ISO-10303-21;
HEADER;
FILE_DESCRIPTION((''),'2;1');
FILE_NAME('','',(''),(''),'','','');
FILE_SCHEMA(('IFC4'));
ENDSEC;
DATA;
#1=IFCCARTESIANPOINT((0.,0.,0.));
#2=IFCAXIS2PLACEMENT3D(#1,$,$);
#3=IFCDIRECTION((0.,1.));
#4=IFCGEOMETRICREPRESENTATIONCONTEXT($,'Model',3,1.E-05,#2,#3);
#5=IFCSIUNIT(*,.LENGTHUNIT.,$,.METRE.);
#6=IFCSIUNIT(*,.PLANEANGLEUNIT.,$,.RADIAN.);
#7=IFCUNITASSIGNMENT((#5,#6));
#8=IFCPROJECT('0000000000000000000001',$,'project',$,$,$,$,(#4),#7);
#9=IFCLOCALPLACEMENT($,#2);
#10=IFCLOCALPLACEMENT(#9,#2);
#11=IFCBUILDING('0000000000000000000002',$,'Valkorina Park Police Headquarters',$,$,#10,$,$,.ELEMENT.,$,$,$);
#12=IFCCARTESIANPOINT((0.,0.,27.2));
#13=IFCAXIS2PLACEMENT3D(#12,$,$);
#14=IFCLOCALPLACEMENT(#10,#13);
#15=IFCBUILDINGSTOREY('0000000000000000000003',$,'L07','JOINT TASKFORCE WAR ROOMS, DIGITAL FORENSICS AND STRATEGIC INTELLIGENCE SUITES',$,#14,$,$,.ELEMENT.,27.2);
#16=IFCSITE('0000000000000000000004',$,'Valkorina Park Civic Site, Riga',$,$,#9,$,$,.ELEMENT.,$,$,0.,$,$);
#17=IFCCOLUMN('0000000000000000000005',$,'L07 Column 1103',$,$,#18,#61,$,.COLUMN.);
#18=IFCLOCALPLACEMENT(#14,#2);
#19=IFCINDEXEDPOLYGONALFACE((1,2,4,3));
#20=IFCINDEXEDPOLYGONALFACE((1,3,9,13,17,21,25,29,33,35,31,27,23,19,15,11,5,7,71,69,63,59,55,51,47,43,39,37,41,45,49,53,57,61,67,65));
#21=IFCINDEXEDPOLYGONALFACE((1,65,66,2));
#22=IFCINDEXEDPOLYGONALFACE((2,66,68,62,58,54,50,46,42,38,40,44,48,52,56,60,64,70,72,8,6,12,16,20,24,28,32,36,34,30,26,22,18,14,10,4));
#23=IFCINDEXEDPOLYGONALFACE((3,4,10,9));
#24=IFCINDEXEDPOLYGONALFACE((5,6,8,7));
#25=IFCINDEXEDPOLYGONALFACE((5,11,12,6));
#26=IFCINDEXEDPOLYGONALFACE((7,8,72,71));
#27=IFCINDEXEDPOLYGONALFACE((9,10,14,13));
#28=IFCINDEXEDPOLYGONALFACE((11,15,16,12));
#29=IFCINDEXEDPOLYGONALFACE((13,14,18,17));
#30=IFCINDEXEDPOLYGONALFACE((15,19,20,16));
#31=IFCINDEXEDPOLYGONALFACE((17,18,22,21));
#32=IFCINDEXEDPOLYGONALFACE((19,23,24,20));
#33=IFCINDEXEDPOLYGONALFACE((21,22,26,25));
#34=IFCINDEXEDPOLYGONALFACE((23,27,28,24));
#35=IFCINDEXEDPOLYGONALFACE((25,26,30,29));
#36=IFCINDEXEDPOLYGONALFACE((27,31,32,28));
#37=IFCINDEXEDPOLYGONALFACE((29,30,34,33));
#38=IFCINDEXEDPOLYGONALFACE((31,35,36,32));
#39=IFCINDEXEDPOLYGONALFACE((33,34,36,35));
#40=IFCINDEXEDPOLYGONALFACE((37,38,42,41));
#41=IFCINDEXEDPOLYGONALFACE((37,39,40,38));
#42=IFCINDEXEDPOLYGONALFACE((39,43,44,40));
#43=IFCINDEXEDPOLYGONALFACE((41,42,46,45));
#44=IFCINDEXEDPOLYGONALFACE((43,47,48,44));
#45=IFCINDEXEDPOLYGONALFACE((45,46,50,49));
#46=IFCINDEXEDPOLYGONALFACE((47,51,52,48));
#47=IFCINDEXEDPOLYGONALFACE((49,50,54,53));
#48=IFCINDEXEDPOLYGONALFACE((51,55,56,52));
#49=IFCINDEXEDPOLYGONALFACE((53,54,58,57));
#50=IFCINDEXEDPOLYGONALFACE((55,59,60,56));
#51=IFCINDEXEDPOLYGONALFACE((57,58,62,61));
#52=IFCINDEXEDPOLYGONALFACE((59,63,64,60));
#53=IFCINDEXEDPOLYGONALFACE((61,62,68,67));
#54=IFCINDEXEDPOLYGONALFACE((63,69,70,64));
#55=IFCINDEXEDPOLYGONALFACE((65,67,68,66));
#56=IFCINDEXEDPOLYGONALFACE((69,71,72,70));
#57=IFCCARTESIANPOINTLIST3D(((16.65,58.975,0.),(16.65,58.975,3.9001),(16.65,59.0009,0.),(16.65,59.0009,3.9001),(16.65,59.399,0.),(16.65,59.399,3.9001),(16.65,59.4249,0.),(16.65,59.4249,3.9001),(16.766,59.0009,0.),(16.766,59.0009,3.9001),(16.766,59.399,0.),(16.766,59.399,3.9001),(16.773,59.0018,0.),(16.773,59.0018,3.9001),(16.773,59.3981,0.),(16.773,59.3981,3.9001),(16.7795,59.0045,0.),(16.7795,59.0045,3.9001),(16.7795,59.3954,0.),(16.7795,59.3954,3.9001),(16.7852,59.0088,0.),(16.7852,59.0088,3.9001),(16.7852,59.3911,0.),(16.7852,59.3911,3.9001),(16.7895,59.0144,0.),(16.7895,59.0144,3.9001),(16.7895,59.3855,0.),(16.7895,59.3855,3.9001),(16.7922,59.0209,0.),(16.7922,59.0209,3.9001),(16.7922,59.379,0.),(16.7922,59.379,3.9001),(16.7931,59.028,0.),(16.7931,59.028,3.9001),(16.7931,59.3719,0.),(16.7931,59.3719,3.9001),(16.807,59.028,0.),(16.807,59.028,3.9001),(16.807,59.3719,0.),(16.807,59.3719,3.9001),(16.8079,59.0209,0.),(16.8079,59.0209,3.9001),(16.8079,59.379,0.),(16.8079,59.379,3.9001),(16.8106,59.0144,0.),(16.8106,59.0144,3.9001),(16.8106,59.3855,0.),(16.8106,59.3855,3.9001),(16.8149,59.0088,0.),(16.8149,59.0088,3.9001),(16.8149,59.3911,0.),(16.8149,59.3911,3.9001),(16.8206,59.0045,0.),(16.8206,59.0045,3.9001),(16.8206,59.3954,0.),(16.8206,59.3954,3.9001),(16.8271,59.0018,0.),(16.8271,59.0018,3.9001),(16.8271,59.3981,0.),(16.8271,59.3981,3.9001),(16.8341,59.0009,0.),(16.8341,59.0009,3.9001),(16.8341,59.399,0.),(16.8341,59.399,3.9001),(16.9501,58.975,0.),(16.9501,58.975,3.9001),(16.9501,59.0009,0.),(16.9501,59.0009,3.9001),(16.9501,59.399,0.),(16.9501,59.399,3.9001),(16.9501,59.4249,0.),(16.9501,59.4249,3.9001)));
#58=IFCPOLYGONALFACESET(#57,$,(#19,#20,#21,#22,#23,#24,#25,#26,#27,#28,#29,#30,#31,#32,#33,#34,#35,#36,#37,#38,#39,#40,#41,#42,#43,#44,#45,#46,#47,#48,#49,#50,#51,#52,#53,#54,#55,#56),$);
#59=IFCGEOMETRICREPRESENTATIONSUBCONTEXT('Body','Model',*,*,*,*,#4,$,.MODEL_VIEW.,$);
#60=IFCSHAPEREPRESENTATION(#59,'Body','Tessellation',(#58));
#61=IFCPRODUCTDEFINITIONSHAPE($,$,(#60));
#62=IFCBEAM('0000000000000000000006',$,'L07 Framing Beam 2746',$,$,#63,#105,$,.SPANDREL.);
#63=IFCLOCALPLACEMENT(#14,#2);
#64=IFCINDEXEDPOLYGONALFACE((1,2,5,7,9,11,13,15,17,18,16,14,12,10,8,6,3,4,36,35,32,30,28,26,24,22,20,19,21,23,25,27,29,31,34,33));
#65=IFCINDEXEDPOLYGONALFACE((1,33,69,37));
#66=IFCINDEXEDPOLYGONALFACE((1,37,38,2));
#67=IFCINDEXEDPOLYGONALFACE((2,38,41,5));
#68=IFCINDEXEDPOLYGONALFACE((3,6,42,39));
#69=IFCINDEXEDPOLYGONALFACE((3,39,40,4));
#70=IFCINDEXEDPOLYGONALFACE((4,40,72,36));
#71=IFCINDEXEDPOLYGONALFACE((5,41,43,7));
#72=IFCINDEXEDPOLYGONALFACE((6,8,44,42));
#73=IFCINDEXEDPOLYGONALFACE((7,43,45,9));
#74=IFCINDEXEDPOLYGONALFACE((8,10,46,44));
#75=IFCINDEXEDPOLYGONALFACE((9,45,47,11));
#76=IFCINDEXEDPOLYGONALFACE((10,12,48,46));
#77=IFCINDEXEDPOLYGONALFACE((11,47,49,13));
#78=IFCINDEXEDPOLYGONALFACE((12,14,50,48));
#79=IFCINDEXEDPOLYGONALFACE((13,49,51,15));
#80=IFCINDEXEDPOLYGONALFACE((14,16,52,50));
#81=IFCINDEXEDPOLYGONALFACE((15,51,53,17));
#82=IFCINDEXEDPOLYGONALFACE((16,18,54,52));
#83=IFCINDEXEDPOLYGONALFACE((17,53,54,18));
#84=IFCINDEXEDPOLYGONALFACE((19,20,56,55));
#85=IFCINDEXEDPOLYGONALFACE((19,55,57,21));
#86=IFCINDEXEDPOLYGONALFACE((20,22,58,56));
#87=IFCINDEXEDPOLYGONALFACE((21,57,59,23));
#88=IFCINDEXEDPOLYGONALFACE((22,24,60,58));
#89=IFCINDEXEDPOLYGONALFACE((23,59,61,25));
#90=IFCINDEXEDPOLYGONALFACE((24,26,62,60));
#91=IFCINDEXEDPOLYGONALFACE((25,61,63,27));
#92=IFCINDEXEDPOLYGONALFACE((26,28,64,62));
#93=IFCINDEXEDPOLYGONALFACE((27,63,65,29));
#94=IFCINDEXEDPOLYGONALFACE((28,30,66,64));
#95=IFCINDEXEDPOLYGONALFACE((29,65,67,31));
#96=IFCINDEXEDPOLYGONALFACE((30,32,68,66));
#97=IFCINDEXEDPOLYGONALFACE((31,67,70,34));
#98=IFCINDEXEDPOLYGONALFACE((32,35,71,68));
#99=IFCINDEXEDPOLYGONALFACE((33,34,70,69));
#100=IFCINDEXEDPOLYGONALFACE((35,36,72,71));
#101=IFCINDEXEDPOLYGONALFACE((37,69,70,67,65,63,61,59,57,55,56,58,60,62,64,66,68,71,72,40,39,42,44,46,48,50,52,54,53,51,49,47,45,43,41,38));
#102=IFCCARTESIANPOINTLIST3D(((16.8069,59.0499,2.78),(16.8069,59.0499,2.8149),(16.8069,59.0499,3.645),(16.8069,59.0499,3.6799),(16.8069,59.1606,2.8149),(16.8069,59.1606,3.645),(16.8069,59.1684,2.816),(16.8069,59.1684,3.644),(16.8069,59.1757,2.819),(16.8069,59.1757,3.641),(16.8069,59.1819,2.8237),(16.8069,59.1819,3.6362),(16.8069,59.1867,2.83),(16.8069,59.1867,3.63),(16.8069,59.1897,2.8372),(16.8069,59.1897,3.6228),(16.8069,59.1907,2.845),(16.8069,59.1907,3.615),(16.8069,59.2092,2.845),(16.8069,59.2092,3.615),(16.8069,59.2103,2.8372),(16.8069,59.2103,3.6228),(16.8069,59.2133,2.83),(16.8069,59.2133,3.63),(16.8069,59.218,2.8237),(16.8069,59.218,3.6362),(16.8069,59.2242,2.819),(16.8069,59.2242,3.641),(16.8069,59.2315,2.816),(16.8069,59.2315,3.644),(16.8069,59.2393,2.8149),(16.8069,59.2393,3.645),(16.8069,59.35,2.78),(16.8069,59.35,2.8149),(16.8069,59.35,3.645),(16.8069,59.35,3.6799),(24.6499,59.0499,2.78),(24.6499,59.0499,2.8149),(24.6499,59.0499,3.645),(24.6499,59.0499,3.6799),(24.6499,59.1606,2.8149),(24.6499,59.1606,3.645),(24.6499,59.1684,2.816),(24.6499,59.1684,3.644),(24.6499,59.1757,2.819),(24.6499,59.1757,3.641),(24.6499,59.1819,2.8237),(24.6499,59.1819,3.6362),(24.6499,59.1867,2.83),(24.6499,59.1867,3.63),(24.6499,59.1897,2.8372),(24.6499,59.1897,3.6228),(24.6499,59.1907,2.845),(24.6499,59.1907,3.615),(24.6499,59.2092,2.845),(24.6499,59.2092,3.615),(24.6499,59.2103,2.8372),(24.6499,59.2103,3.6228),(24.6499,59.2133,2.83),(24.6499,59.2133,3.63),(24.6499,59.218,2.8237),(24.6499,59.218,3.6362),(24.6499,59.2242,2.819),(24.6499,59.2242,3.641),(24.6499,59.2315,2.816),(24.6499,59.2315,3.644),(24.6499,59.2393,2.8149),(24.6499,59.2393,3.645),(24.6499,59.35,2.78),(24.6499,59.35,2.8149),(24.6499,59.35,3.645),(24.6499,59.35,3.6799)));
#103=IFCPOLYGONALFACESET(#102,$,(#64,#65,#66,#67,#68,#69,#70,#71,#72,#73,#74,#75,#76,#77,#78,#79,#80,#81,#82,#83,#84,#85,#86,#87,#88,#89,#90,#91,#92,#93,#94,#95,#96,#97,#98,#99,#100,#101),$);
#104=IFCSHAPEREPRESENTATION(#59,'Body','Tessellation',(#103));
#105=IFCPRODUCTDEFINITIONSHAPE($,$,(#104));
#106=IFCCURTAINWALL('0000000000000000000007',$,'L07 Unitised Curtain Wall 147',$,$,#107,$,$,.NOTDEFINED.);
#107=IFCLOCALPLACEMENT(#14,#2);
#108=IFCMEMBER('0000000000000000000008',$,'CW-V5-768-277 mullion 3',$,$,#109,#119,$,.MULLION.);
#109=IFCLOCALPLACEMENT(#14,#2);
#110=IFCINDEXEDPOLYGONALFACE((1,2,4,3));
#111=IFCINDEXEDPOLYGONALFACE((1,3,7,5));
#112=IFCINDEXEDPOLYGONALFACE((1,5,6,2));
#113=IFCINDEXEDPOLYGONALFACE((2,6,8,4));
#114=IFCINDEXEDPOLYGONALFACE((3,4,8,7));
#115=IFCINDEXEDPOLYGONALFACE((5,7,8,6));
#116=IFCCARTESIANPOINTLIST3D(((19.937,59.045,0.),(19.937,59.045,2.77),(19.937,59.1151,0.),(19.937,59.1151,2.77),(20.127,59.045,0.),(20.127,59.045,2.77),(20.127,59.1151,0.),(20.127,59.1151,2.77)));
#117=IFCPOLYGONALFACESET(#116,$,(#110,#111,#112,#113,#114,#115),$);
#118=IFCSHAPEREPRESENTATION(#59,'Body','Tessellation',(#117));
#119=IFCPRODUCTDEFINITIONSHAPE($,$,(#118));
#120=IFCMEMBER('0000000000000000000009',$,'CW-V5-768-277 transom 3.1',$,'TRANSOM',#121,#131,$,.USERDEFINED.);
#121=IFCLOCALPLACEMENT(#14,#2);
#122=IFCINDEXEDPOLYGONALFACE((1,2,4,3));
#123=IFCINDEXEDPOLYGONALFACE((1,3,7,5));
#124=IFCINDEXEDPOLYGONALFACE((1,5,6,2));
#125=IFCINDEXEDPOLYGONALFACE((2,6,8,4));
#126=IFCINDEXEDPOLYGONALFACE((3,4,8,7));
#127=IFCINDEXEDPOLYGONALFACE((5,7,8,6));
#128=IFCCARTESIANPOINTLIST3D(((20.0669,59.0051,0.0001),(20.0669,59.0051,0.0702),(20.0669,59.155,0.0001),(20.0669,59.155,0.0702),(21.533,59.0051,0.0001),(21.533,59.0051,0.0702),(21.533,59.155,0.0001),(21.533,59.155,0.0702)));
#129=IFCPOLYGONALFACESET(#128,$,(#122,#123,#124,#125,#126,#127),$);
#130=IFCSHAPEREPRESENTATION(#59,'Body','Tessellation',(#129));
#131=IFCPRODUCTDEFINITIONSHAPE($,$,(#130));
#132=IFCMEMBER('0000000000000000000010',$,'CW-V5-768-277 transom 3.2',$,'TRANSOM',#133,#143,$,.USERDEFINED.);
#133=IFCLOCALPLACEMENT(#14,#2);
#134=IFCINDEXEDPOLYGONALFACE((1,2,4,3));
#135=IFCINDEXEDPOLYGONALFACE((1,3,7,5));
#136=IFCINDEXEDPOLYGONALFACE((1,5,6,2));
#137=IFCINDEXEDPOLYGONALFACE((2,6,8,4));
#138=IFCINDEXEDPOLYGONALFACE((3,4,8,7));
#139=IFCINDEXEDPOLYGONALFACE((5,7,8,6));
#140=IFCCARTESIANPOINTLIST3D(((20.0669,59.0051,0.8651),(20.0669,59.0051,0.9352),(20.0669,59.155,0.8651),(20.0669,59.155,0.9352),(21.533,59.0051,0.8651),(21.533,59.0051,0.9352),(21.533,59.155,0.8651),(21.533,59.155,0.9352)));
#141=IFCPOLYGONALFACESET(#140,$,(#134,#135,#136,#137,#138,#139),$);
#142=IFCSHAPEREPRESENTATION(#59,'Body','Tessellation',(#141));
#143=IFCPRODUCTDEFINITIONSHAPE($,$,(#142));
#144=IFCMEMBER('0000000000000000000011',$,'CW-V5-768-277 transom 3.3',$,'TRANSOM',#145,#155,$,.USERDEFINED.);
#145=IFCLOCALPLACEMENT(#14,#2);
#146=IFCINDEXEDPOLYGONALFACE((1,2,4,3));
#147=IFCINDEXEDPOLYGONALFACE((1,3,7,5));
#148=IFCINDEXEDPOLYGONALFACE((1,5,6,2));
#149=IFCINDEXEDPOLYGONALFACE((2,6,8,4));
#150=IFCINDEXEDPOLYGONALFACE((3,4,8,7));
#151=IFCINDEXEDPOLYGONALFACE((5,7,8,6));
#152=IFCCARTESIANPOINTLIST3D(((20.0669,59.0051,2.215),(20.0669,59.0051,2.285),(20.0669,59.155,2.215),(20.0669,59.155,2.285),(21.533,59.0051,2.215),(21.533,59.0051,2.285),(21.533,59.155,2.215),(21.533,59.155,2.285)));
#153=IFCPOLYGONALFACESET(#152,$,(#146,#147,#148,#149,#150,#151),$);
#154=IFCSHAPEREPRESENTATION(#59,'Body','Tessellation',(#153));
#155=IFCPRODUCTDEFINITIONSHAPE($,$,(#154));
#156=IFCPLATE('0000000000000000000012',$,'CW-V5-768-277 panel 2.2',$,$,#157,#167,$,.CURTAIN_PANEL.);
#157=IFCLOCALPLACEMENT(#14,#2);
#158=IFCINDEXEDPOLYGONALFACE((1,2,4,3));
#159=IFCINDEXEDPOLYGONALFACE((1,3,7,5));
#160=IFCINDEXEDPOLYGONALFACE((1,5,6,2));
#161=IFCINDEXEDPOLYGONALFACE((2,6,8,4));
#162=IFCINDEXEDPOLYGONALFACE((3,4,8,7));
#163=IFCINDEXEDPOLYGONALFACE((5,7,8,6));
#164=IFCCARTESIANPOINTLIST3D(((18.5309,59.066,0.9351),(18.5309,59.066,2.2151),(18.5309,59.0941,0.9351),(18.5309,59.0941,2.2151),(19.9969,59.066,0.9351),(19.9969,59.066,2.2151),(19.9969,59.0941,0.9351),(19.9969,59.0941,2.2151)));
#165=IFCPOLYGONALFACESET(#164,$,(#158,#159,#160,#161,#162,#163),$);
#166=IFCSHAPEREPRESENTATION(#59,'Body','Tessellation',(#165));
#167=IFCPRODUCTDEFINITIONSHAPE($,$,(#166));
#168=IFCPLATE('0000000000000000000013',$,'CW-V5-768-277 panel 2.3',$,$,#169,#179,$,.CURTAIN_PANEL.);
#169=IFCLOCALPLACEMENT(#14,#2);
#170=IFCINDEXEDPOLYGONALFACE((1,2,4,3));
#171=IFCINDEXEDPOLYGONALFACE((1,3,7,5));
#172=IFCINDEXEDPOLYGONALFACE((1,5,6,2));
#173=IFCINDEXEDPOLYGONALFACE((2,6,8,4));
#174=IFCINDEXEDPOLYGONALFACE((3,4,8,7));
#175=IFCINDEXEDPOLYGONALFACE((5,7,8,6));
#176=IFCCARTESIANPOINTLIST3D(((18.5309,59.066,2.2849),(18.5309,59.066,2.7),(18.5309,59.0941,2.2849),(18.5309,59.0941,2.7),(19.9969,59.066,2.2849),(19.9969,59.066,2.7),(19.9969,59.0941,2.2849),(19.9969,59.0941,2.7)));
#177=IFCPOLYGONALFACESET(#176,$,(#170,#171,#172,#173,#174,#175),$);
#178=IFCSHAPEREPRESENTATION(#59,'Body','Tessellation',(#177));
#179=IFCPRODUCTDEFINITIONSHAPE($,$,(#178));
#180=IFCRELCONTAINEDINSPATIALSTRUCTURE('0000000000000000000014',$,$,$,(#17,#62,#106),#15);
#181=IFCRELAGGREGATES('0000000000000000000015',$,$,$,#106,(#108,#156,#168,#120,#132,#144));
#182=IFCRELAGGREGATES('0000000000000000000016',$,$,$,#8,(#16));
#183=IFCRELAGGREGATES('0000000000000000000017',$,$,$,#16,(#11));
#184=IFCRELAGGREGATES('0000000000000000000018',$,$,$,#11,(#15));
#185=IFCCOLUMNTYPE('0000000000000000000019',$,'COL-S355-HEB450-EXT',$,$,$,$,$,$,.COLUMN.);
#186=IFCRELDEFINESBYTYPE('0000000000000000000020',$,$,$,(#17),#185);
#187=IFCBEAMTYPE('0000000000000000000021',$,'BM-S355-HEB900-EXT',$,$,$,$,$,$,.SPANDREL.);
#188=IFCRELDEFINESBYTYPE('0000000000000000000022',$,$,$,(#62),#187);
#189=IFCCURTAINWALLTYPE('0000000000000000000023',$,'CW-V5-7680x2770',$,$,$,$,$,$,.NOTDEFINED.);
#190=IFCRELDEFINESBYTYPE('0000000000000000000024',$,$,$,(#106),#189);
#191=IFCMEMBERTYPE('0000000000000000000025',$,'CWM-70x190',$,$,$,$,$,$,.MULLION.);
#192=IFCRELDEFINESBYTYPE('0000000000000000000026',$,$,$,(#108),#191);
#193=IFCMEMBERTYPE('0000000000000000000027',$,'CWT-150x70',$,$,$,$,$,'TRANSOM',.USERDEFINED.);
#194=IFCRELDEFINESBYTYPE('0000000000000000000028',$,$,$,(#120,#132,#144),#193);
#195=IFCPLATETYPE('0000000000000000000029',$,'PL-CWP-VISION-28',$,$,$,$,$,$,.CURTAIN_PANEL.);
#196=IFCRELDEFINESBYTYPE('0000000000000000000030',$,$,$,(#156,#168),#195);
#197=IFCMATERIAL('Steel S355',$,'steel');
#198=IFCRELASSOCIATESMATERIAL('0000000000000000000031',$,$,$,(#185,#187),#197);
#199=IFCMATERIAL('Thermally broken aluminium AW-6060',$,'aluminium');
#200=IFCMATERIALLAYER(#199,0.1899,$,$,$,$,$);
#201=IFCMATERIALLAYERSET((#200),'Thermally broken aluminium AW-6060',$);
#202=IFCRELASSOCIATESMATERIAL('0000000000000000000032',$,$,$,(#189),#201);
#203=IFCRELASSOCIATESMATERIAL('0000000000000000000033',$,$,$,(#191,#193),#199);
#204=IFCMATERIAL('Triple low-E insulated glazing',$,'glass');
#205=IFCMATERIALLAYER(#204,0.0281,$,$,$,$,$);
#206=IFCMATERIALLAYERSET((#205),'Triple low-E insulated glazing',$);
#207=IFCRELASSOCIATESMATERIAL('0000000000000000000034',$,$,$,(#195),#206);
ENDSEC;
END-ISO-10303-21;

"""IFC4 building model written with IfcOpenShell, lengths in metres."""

from ifc_helpers import new_model, si_unit, direction, frame, origin, origin_2d, place, context, subcontext, project, spatial, rectangle, i_section, extrude, material, layer, layer_set, material_profile, profile_set, type_object, element, aggregate, save


model = new_model("IFC4")

# Units and contexts
model_context = context("Model", 3, precision=1e-05, world=origin(), true_north=direction((0.0, 1.0)))
body_context = subcontext(model_context, "Body", "Model", "MODEL_VIEW")
ifc_project = project(units=[si_unit("LENGTHUNIT", "METRE"), si_unit("PLANEANGLEUNIT", "RADIAN")], contexts=[model_context])

# Site, building, storey
site_placement = place(None, origin())
site = spatial("IfcSite", under=ifc_project, at=site_placement, Name="Valkorina Park Civic Site, Riga", CompositionType="ELEMENT", RefElevation=0.0)
building_placement = place(site_placement, origin())
building = spatial("IfcBuilding", under=site, at=building_placement, Name="Valkorina Park Police Headquarters", CompositionType="ELEMENT")
storey_placement = place(building_placement, frame((0.0, 0.0, 27.2)))
storey = spatial("IfcBuildingStorey", under=building, at=storey_placement, Name="L07", Description="JOINT TASKFORCE WAR ROOMS, DIGITAL FORENSICS AND STRATEGIC INTELLIGENCE SUITES", CompositionType="ELEMENT", Elevation=27.2)

# Column
ifc_material_1 = material(Name="Steel S355", Category="steel")
ifc_material_profile_1 = material_profile(ifc_material_1, i_section(OverallWidth=0.3, OverallDepth=0.45, WebThickness=0.0139, FlangeThickness=0.0259, FilletRadius=0.0271, at=origin_2d()), Name="HEB 450")
ifc_profile_set_1 = profile_set([ifc_material_profile_1], Name="Steel S355")
column_type = type_object("IfcColumnType", Name="COL-S355-HEB450-EXT", PredefinedType="COLUMN", material=ifc_profile_set_1)
column_placement = place(storey_placement, frame((16.8, 59.2, 0.0), z_axis=(0.0, 0.0, 1.0), x_axis=(1.0, 0.0, 0.0)))
element("IfcColumn", 1, at=column_placement, inside=storey, type_object=column_type, Name="L07 Column 1103", PredefinedType="COLUMN", context=body_context, shape_type="SweptSolid", body=[
    extrude(i_section(OverallWidth=0.3, OverallDepth=0.45, WebThickness=0.0139, FlangeThickness=0.0259, FilletRadius=0.0271, at=origin_2d()), origin(), (0.0, 0.0, 1.0), 3.9001),
])

# Beam
ifc_material_profile_2 = material_profile(ifc_material_1, i_section(OverallWidth=0.3, OverallDepth=0.8999, WebThickness=0.0186, FlangeThickness=0.0349, FilletRadius=0.03, at=origin_2d()), Name="HEB 900")
ifc_profile_set_2 = profile_set([ifc_material_profile_2], Name="Steel S355")
beam_type = type_object("IfcBeamType", Name="BM-S355-HEB900-EXT", PredefinedType="SPANDREL", material=ifc_profile_set_2)
beam_placement = place(storey_placement, frame((16.8069, 59.2, 3.23), z_axis=(1.0, 0.0, 0.0), x_axis=(0.0, 1.0, 0.0)))
element("IfcBeam", 2, at=beam_placement, inside=storey, type_object=beam_type, Name="L07 Framing Beam 2746", PredefinedType="SPANDREL", context=body_context, shape_type="SweptSolid", body=[
    extrude(i_section(OverallWidth=0.3, OverallDepth=0.8999, WebThickness=0.0186, FlangeThickness=0.0349, FilletRadius=0.03, at=origin_2d()), origin(), (0.0, 0.0, 1.0), 7.843),
])

# Curtain wall, members, plates
ifc_material_2 = material(Name="Thermally broken aluminium AW-6060", Category="aluminium")
ifc_layer_1 = layer(ifc_material_2, 0.1899)
ifc_layer_set_1 = layer_set([ifc_layer_1], Name="Thermally broken aluminium AW-6060")
curtain_wall_type = type_object("IfcCurtainWallType", Name="CW-V5-7680x2770", PredefinedType="NOTDEFINED", material=ifc_layer_set_1)
curtain_wall_placement = place(storey_placement, origin())
curtain_wall = element("IfcCurtainWall", 3, at=curtain_wall_placement, inside=storey, type_object=curtain_wall_type, Name="L07 Unitised Curtain Wall 147", PredefinedType="NOTDEFINED")
ifc_material_profile_3 = material_profile(ifc_material_2, rectangle(XDim=0.0701, YDim=0.1899, at=origin_2d()), Name="CWM-02 70x190")
ifc_profile_set_3 = profile_set([ifc_material_profile_3], Name="Thermally broken aluminium AW-6060")
member_type_1 = type_object("IfcMemberType", Name="CWM-70x190", PredefinedType="MULLION", material=ifc_profile_set_3)
member_1_placement = place(storey_placement, frame((20.032, 59.0801, 0.0), z_axis=(0.0, 0.0, 1.0), x_axis=(0.0, 1.0, 0.0)))
member_1 = element("IfcMember", 4, at=member_1_placement, type_object=member_type_1, Name="CW-V5-768-277 mullion 3", PredefinedType="MULLION", context=body_context, shape_type="SweptSolid", body=[
    extrude(rectangle(XDim=0.0701, YDim=0.1899, at=origin_2d()), origin(), (0.0, 0.0, 1.0), 2.77),
])
ifc_material_profile_4 = material_profile(ifc_material_2, rectangle(XDim=0.1499, YDim=0.0701, at=origin_2d()), Name="CWT-02 150x70")
ifc_profile_set_4 = profile_set([ifc_material_profile_4], Name="Thermally broken aluminium AW-6060")
member_type_2 = type_object("IfcMemberType", Name="CWT-150x70", ElementType="TRANSOM", PredefinedType="USERDEFINED", material=ifc_profile_set_4)
member_2_placement = place(storey_placement, frame((20.0669, 59.0801, 0.0352), z_axis=(1.0, 0.0, 0.0), x_axis=(0.0, 1.0, 0.0)))
member_2 = element("IfcMember", 5, at=member_2_placement, type_object=member_type_2, Name="CW-V5-768-277 transom 3.1", ObjectType="TRANSOM", PredefinedType="USERDEFINED", context=body_context, shape_type="SweptSolid", body=[
    extrude(rectangle(XDim=0.1499, YDim=0.0701, at=origin_2d()), origin(), (0.0, 0.0, 1.0), 1.4661),
])
member_3_placement = place(storey_placement, frame((20.0669, 59.0801, 0.9001), z_axis=(1.0, 0.0, 0.0), x_axis=(0.0, 1.0, 0.0)))
member_3 = element("IfcMember", 6, at=member_3_placement, type_object=member_type_2, Name="CW-V5-768-277 transom 3.2", ObjectType="TRANSOM", PredefinedType="USERDEFINED", context=body_context, shape_type="SweptSolid", body=[
    extrude(rectangle(XDim=0.1499, YDim=0.0701, at=origin_2d()), origin(), (0.0, 0.0, 1.0), 1.4661),
])
member_4_placement = place(storey_placement, frame((20.0669, 59.0801, 2.25), z_axis=(1.0, 0.0, 0.0), x_axis=(0.0, 1.0, 0.0)))
member_4 = element("IfcMember", 7, at=member_4_placement, type_object=member_type_2, Name="CW-V5-768-277 transom 3.3", ObjectType="TRANSOM", PredefinedType="USERDEFINED", context=body_context, shape_type="SweptSolid", body=[
    extrude(rectangle(XDim=0.1499, YDim=0.0701, at=origin_2d()), origin(), (0.0, 0.0, 1.0), 1.4661),
])
ifc_material_3 = material(Name="Triple low-E insulated glazing", Category="glass")
ifc_layer_2 = layer(ifc_material_3, 0.0281)
ifc_layer_set_2 = layer_set([ifc_layer_2], Name="Triple low-E insulated glazing")
plate_type = type_object("IfcPlateType", Name="PL-CWP-VISION-28", PredefinedType="CURTAIN_PANEL", material=ifc_layer_set_2)
plate_1_placement = place(storey_placement, frame((19.2639, 59.0801, 0.9351), z_axis=(0.0, 0.0, 1.0), x_axis=(1.0, 0.0, 0.0)))
plate_1 = element("IfcPlate", 8, at=plate_1_placement, type_object=plate_type, Name="CW-V5-768-277 panel 2.2", PredefinedType="CURTAIN_PANEL", context=body_context, shape_type="SweptSolid", body=[
    extrude(rectangle(XDim=1.4661, YDim=0.0281, at=origin_2d()), origin(), (0.0, 0.0, 1.0), 1.28),
])
plate_2_placement = place(storey_placement, frame((19.2639, 59.0801, 2.2849), z_axis=(0.0, 0.0, 1.0), x_axis=(1.0, 0.0, 0.0)))
plate_2 = element("IfcPlate", 9, at=plate_2_placement, type_object=plate_type, Name="CW-V5-768-277 panel 2.3", PredefinedType="CURTAIN_PANEL", context=body_context, shape_type="SweptSolid", body=[
    extrude(rectangle(XDim=1.4661, YDim=0.0281, at=origin_2d()), origin(), (0.0, 0.0, 1.0), 0.415),
])
aggregate(curtain_wall, [member_1, plate_1, plate_2, member_2, member_3, member_4])

save(model, "model.ifc")
